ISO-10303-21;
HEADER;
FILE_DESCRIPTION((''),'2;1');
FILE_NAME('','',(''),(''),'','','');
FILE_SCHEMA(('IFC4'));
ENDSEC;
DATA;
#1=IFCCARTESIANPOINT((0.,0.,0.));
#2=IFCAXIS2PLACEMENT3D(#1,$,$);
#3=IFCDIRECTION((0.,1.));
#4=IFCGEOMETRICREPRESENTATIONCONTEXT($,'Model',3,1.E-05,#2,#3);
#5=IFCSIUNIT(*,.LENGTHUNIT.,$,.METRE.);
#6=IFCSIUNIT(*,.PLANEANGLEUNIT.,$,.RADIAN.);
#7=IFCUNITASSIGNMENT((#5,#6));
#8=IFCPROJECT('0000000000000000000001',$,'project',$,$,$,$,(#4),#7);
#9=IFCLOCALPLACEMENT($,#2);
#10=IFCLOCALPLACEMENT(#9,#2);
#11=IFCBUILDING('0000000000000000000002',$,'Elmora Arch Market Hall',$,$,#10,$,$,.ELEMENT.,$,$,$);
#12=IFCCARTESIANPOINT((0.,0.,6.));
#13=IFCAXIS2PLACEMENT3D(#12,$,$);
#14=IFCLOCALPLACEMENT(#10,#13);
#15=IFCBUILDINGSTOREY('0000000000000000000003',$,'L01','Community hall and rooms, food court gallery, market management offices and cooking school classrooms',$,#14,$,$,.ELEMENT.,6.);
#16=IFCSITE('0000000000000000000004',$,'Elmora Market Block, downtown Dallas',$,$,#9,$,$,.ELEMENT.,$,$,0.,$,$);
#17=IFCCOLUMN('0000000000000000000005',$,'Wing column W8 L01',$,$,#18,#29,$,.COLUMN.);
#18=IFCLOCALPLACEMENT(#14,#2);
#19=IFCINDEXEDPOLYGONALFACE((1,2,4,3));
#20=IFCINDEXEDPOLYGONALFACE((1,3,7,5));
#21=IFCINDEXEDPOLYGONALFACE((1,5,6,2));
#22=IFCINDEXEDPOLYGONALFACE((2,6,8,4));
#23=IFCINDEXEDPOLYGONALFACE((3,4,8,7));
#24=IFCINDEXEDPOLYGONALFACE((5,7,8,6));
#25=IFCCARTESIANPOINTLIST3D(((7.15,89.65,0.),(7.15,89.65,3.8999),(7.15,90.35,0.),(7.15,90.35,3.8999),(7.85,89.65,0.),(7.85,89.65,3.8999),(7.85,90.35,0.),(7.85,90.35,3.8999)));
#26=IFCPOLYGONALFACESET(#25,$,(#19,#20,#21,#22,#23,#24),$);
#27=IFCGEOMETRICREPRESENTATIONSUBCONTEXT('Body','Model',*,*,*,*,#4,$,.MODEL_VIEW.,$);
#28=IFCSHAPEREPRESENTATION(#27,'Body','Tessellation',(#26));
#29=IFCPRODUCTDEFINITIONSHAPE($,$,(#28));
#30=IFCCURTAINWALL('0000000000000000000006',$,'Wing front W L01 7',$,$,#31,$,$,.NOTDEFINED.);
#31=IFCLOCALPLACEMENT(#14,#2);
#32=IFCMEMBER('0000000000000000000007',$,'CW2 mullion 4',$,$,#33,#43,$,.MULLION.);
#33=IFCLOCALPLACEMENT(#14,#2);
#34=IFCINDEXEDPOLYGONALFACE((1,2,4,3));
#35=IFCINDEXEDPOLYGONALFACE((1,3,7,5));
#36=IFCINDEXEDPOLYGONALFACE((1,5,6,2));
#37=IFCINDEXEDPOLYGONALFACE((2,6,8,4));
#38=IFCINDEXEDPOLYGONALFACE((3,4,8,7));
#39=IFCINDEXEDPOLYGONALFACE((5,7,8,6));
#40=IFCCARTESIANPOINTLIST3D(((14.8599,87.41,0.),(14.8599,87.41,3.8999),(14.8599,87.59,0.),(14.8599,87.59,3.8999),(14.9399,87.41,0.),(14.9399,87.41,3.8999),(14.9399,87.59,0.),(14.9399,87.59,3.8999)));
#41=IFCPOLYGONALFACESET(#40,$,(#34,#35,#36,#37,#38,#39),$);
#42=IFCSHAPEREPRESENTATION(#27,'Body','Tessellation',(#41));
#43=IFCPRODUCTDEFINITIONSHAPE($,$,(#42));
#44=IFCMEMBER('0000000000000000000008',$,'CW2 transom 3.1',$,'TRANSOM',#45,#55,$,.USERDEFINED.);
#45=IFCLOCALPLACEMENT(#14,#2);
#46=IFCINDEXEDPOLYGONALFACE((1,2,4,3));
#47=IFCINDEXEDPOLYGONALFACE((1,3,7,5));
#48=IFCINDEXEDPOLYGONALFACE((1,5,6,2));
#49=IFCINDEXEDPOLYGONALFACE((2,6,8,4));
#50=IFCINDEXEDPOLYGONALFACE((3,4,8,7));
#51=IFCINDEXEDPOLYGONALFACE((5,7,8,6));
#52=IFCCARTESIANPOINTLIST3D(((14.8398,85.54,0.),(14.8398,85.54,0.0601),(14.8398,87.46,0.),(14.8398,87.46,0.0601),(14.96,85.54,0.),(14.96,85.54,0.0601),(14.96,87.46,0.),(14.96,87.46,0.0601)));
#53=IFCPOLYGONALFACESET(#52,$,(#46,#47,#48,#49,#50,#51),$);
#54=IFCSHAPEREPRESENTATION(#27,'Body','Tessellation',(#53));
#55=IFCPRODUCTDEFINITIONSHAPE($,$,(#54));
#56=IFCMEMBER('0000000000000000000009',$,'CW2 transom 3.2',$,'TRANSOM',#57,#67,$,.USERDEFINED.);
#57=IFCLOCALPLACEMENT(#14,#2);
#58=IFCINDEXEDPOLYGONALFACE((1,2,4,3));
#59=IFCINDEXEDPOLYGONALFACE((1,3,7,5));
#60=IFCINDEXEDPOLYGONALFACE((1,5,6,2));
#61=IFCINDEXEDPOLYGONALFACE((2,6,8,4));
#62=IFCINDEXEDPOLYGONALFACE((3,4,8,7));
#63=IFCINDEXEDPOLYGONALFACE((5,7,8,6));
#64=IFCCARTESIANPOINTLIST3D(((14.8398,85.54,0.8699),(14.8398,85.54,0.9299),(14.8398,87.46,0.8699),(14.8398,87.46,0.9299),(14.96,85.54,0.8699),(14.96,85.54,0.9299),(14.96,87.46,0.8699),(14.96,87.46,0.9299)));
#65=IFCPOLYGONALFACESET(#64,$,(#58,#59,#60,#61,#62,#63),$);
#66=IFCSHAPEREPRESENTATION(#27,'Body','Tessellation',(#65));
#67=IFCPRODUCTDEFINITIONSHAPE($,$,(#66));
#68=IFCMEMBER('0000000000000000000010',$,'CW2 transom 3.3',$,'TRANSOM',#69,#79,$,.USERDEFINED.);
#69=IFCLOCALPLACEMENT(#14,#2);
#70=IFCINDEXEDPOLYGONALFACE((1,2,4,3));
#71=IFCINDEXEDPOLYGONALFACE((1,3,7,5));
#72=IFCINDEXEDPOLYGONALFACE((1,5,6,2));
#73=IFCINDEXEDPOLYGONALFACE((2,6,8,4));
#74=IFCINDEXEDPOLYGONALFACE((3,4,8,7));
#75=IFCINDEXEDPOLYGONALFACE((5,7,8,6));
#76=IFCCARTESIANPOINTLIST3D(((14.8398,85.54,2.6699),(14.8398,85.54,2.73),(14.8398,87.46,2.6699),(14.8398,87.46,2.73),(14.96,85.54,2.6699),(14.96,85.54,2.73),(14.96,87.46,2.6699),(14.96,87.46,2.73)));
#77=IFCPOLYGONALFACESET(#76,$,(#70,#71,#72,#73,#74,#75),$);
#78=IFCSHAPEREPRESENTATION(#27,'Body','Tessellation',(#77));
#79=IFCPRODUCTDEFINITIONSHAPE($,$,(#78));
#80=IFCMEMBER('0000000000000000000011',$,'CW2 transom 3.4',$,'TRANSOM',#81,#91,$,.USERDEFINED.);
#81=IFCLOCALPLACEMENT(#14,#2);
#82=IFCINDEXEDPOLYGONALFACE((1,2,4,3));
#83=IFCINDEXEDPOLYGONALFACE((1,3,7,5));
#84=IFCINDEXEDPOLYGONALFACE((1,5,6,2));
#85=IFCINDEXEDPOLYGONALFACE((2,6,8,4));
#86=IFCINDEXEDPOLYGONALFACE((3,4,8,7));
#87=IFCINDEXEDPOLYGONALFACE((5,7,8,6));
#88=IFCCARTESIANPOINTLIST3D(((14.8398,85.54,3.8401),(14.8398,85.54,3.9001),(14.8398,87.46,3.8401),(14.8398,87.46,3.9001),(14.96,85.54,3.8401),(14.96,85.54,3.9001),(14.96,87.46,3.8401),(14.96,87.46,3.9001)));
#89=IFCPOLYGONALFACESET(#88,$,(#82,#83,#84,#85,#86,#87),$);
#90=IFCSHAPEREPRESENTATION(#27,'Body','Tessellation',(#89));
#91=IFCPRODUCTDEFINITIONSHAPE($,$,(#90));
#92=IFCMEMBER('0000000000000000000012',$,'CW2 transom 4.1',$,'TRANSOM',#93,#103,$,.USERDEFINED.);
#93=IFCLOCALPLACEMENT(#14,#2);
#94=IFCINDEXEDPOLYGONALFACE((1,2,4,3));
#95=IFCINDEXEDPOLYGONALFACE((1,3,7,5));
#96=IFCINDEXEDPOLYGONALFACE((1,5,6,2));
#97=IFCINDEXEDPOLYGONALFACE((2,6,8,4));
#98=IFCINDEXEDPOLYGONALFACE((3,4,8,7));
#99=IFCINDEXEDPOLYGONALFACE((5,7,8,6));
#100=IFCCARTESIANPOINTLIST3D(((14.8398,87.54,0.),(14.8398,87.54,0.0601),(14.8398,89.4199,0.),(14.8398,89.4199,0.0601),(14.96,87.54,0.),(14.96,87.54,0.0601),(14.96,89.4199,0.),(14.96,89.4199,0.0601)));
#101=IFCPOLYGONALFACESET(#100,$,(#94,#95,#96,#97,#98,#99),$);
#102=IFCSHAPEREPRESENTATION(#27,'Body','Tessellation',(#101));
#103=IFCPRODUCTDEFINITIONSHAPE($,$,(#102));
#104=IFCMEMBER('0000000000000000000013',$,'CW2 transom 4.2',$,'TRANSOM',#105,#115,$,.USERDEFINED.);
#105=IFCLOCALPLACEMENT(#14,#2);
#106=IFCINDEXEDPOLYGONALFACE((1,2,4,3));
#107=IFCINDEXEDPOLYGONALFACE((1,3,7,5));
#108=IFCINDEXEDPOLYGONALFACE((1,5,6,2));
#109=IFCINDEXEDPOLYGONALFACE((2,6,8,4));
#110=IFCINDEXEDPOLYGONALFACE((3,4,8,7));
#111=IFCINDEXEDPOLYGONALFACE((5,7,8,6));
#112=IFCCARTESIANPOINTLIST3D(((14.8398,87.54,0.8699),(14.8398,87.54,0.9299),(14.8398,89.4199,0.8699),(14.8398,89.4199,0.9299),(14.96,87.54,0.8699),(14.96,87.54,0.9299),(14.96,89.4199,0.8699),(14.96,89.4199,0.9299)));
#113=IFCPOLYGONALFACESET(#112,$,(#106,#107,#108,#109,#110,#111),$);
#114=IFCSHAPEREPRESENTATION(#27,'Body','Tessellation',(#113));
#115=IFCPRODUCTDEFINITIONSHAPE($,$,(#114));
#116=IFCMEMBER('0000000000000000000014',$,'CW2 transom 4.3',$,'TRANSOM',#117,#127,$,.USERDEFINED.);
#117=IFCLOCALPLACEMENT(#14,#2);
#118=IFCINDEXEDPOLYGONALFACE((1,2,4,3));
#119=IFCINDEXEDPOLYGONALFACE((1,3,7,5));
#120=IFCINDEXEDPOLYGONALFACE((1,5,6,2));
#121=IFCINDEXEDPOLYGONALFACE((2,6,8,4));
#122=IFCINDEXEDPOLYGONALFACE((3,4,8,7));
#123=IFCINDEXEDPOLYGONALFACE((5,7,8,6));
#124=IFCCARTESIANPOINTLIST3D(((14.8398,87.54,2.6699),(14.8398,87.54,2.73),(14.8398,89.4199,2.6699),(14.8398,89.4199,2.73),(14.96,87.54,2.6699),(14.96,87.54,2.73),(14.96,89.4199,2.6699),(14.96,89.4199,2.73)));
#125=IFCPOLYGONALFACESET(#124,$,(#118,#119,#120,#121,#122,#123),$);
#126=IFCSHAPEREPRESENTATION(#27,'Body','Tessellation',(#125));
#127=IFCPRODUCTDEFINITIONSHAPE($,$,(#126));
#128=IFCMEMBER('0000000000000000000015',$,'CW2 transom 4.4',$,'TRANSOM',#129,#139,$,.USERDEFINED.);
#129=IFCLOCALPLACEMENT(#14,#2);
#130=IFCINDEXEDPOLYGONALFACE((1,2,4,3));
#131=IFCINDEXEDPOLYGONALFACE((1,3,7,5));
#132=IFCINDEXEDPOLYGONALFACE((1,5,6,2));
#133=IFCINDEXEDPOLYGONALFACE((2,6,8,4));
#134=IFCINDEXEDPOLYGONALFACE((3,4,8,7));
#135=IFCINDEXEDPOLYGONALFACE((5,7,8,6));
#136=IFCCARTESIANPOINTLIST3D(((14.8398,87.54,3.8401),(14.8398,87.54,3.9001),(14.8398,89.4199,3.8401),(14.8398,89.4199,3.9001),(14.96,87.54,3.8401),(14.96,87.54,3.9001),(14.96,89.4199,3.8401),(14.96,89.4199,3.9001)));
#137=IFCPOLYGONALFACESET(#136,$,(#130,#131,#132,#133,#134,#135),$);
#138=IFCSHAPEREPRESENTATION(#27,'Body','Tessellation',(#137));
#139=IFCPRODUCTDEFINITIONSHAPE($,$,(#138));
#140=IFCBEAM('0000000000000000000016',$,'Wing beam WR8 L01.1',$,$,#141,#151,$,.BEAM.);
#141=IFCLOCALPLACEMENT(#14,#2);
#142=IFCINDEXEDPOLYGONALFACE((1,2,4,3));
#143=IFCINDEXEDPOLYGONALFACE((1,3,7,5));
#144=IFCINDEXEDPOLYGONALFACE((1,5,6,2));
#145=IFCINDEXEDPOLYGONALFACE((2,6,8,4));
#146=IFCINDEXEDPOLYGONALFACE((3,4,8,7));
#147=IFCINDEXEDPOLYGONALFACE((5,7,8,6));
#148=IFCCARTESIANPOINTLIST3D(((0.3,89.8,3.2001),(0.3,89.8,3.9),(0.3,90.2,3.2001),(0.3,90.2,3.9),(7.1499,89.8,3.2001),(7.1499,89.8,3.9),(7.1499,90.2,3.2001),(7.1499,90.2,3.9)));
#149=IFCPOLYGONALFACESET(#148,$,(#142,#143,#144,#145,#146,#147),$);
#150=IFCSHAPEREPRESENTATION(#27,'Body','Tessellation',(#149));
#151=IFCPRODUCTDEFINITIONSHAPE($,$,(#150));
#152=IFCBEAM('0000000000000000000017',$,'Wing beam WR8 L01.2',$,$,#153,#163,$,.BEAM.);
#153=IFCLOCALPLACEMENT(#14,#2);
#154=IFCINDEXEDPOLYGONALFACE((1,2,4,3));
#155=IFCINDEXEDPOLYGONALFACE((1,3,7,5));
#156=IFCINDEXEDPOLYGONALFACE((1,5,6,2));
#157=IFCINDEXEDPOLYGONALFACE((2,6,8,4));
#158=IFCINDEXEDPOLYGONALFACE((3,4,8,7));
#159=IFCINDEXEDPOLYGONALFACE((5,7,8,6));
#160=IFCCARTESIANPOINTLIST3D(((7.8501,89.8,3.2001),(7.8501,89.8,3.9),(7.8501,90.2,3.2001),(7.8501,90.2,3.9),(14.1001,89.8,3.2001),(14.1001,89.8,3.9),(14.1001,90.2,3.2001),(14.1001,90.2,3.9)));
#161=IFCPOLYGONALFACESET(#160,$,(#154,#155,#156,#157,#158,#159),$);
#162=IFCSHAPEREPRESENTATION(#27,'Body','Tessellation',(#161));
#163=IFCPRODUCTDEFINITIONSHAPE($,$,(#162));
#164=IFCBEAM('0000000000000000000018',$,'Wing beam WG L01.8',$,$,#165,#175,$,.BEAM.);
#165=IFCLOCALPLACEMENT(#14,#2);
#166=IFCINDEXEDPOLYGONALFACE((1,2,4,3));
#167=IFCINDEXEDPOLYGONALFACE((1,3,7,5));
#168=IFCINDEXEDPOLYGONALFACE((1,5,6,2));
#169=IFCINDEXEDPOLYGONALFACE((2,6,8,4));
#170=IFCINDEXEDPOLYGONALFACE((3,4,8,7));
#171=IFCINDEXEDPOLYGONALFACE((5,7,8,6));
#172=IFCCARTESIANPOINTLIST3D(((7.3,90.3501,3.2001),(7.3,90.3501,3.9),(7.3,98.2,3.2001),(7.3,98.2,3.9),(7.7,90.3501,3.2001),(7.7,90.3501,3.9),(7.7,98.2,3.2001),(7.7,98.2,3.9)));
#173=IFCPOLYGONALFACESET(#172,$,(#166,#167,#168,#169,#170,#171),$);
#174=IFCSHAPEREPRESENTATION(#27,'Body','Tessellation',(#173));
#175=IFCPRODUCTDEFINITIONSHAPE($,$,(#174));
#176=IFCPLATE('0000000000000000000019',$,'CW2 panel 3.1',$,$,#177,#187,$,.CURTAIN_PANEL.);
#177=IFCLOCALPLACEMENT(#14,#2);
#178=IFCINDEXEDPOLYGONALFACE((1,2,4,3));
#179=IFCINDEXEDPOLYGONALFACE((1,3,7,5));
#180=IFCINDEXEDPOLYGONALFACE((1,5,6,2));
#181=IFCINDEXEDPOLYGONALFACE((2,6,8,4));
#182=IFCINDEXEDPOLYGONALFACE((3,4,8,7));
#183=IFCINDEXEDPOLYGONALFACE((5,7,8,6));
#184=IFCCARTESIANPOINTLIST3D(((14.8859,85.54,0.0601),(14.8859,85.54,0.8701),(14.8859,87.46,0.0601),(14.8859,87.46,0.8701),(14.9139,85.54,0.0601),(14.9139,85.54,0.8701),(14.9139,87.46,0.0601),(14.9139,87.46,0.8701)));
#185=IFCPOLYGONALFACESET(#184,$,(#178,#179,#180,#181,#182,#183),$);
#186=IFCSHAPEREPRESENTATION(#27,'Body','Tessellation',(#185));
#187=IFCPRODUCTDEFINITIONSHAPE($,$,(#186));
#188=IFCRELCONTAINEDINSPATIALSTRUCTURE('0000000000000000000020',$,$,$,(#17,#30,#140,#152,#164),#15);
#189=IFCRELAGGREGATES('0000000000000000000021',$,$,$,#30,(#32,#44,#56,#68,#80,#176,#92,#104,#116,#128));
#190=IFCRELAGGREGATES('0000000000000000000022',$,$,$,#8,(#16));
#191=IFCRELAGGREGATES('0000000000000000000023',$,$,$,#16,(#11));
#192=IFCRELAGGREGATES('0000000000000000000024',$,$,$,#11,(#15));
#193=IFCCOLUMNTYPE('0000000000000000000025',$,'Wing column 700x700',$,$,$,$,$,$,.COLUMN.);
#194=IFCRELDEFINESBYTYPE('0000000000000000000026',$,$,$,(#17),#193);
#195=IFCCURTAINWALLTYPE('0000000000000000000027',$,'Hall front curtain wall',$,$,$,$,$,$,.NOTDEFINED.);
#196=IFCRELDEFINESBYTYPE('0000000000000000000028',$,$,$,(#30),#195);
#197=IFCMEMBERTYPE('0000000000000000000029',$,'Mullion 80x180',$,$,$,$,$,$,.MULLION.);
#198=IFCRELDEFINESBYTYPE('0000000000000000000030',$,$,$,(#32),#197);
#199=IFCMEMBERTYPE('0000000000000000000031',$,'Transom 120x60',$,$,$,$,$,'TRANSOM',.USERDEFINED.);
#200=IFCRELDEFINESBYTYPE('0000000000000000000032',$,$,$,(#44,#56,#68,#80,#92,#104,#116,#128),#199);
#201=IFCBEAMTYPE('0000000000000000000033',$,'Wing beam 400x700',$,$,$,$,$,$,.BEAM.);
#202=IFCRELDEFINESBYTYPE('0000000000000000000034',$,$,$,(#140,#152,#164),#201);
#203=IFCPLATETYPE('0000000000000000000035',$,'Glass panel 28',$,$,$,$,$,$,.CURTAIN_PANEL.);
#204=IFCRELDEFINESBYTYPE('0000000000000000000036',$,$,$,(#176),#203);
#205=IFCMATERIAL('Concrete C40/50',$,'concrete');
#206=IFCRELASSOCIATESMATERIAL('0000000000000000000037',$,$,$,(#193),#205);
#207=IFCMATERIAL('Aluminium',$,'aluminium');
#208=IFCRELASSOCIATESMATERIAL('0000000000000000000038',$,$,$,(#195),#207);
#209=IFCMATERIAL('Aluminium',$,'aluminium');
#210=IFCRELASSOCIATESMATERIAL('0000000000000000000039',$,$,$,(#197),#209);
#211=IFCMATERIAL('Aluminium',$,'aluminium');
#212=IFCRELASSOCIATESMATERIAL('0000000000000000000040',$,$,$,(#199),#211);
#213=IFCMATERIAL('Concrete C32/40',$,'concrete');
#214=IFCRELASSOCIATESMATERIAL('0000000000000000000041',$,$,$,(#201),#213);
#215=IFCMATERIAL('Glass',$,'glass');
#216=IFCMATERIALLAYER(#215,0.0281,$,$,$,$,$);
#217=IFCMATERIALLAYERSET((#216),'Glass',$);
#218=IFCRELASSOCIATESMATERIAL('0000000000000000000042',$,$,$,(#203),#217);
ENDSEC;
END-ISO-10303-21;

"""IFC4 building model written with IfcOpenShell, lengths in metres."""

from ifc_helpers import new_model, si_unit, direction, frame, origin, origin_2d, place, context, subcontext, project, spatial, rectangle, extrude, material, layer, layer_set, material_profile, profile_set, type_object, element, aggregate, save


model = new_model("IFC4")

# Units and contexts
model_context = context("Model", 3, precision=1e-05, world=origin(), true_north=direction((0.0, 1.0)))
body_context = subcontext(model_context, "Body", "Model", "MODEL_VIEW")
ifc_project = project(units=[si_unit("LENGTHUNIT", "METRE"), si_unit("PLANEANGLEUNIT", "RADIAN")], contexts=[model_context])

# Site, building, storey
site_placement = place(None, origin())
site = spatial("IfcSite", under=ifc_project, at=site_placement, Name="Elmora Market Block, downtown Dallas", CompositionType="ELEMENT", RefElevation=0.0)
building_placement = place(site_placement, origin())
building = spatial("IfcBuilding", under=site, at=building_placement, Name="Elmora Arch Market Hall", CompositionType="ELEMENT")
storey_placement = place(building_placement, frame((0.0, 0.0, 6.0)))
storey = spatial("IfcBuildingStorey", under=building, at=storey_placement, Name="L01", Description="Community hall and rooms, food court gallery, market management offices and cooking school classrooms", CompositionType="ELEMENT", Elevation=6.0)

# Column
ifc_material_1 = material(Name="Concrete C40/50", Category="concrete")
ifc_material_profile_1 = material_profile(ifc_material_1, rectangle(XDim=0.7, YDim=0.7, at=origin_2d()), Name="Wing column 700x700")
ifc_profile_set_1 = profile_set([ifc_material_profile_1], Name="Concrete C40/50")
column_type = type_object("IfcColumnType", Name="Wing column 700x700", PredefinedType="COLUMN", material=ifc_profile_set_1)
column_placement = place(storey_placement, frame((7.5, 90.0, 0.0), z_axis=(0.0, 0.0, 1.0), x_axis=(1.0, 0.0, 0.0)))
element("IfcColumn", 1, at=column_placement, inside=storey, type_object=column_type, Name="Wing column W8 L01", PredefinedType="COLUMN", context=body_context, shape_type="SweptSolid", body=[
    extrude(rectangle(XDim=0.7, YDim=0.7, at=origin_2d()), origin(), (0.0, 0.0, 1.0), 3.8999),
])

# Curtain wall, members
ifc_material_2 = material(Name="Aluminium", Category="aluminium")
curtain_wall_type = type_object("IfcCurtainWallType", Name="Hall front curtain wall", PredefinedType="NOTDEFINED", material=ifc_material_2)
curtain_wall_placement = place(storey_placement, origin())
curtain_wall = element("IfcCurtainWall", 2, at=curtain_wall_placement, inside=storey, type_object=curtain_wall_type, Name="Wing front W L01 7", PredefinedType="NOTDEFINED")
ifc_material_3 = material(Name="Aluminium", Category="aluminium")
ifc_material_profile_2 = material_profile(ifc_material_3, rectangle(XDim=0.0801, YDim=0.1799, at=origin_2d()), Name="AL 80x180")
ifc_profile_set_2 = profile_set([ifc_material_profile_2], Name="Aluminium")
member_type_1 = type_object("IfcMemberType", Name="Mullion 80x180", PredefinedType="MULLION", material=ifc_profile_set_2)
member_1_placement = place(storey_placement, frame((14.8999, 87.5, 0.0), z_axis=(0.0, 0.0, 1.0), x_axis=(-1.0, 0.0, 0.0)))
member_1 = element("IfcMember", 3, at=member_1_placement, type_object=member_type_1, Name="CW2 mullion 4", PredefinedType="MULLION", context=body_context, shape_type="SweptSolid", body=[
    extrude(rectangle(XDim=0.0801, YDim=0.1799, at=origin_2d()), origin(), (0.0, 0.0, 1.0), 3.8999),
])
ifc_material_4 = material(Name="Aluminium", Category="aluminium")
ifc_material_profile_3 = material_profile(ifc_material_4, rectangle(XDim=0.1201, YDim=0.0601, at=origin_2d()), Name="AL 120x60")
ifc_profile_set_3 = profile_set([ifc_material_profile_3], Name="Aluminium")
member_type_2 = type_object("IfcMemberType", Name="Transom 120x60", ElementType="TRANSOM", PredefinedType="USERDEFINED", material=ifc_profile_set_3)
member_2_placement = place(storey_placement, frame((14.8999, 85.54, 0.03), z_axis=(0.0, 1.0, 0.0), x_axis=(-1.0, 0.0, 0.0)))
member_2 = element("IfcMember", 4, at=member_2_placement, type_object=member_type_2, Name="CW2 transom 3.1", ObjectType="TRANSOM", PredefinedType="USERDEFINED", context=body_context, shape_type="SweptSolid", body=[
    extrude(rectangle(XDim=0.1201, YDim=0.0601, at=origin_2d()), origin(), (0.0, 0.0, 1.0), 1.9199),
])
member_3_placement = place(storey_placement, frame((14.8999, 85.54, 0.8999), z_axis=(0.0, 1.0, 0.0), x_axis=(-1.0, 0.0, 0.0)))
member_3 = element("IfcMember", 5, at=member_3_placement, type_object=member_type_2, Name="CW2 transom 3.2", ObjectType="TRANSOM", PredefinedType="USERDEFINED", context=body_context, shape_type="SweptSolid", body=[
    extrude(rectangle(XDim=0.1201, YDim=0.0601, at=origin_2d()), origin(), (0.0, 0.0, 1.0), 1.9199),
])
member_4_placement = place(storey_placement, frame((14.8999, 85.54, 2.7), z_axis=(0.0, 1.0, 0.0), x_axis=(-1.0, 0.0, 0.0)))
member_4 = element("IfcMember", 6, at=member_4_placement, type_object=member_type_2, Name="CW2 transom 3.3", ObjectType="TRANSOM", PredefinedType="USERDEFINED", context=body_context, shape_type="SweptSolid", body=[
    extrude(rectangle(XDim=0.1201, YDim=0.0601, at=origin_2d()), origin(), (0.0, 0.0, 1.0), 1.9199),
])
member_5_placement = place(storey_placement, frame((14.8999, 85.54, 3.8701), z_axis=(0.0, 1.0, 0.0), x_axis=(-1.0, 0.0, 0.0)))
member_5 = element("IfcMember", 7, at=member_5_placement, type_object=member_type_2, Name="CW2 transom 3.4", ObjectType="TRANSOM", PredefinedType="USERDEFINED", context=body_context, shape_type="SweptSolid", body=[
    extrude(rectangle(XDim=0.1201, YDim=0.0601, at=origin_2d()), origin(), (0.0, 0.0, 1.0), 1.9199),
])
member_6_placement = place(storey_placement, frame((14.8999, 87.54, 0.03), z_axis=(0.0, 1.0, 0.0), x_axis=(-1.0, 0.0, 0.0)))
member_6 = element("IfcMember", 8, at=member_6_placement, type_object=member_type_2, Name="CW2 transom 4.1", ObjectType="TRANSOM", PredefinedType="USERDEFINED", context=body_context, shape_type="SweptSolid", body=[
    extrude(rectangle(XDim=0.1201, YDim=0.0601, at=origin_2d()), origin(), (0.0, 0.0, 1.0), 1.8799),
])
member_7_placement = place(storey_placement, frame((14.8999, 87.54, 0.8999), z_axis=(0.0, 1.0, 0.0), x_axis=(-1.0, 0.0, 0.0)))
member_7 = element("IfcMember", 9, at=member_7_placement, type_object=member_type_2, Name="CW2 transom 4.2", ObjectType="TRANSOM", PredefinedType="USERDEFINED", context=body_context, shape_type="SweptSolid", body=[
    extrude(rectangle(XDim=0.1201, YDim=0.0601, at=origin_2d()), origin(), (0.0, 0.0, 1.0), 1.8799),
])
member_8_placement = place(storey_placement, frame((14.8999, 87.54, 2.7), z_axis=(0.0, 1.0, 0.0), x_axis=(-1.0, 0.0, 0.0)))
member_8 = element("IfcMember", 10, at=member_8_placement, type_object=member_type_2, Name="CW2 transom 4.3", ObjectType="TRANSOM", PredefinedType="USERDEFINED", context=body_context, shape_type="SweptSolid", body=[
    extrude(rectangle(XDim=0.1201, YDim=0.0601, at=origin_2d()), origin(), (0.0, 0.0, 1.0), 1.8799),
])
member_9_placement = place(storey_placement, frame((14.8999, 87.54, 3.8701), z_axis=(0.0, 1.0, 0.0), x_axis=(-1.0, 0.0, 0.0)))
member_9 = element("IfcMember", 11, at=member_9_placement, type_object=member_type_2, Name="CW2 transom 4.4", ObjectType="TRANSOM", PredefinedType="USERDEFINED", context=body_context, shape_type="SweptSolid", body=[
    extrude(rectangle(XDim=0.1201, YDim=0.0601, at=origin_2d()), origin(), (0.0, 0.0, 1.0), 1.8799),
])

# Beams
ifc_material_5 = material(Name="Concrete C32/40", Category="concrete")
ifc_material_profile_4 = material_profile(ifc_material_5, rectangle(XDim=0.3999, YDim=0.7, at=origin_2d()), Name="Wing beam 400x700")
ifc_profile_set_4 = profile_set([ifc_material_profile_4], Name="Concrete C32/40")
beam_type = type_object("IfcBeamType", Name="Wing beam 400x700", PredefinedType="BEAM", material=ifc_profile_set_4)
beam_1_placement = place(storey_placement, frame((0.3, 90.0, 3.55), z_axis=(1.0, 0.0, 0.0), x_axis=(0.0, 1.0, 0.0)))
element("IfcBeam", 12, at=beam_1_placement, inside=storey, type_object=beam_type, Name="Wing beam WR8 L01.1", PredefinedType="BEAM", context=body_context, shape_type="SweptSolid", body=[
    extrude(rectangle(XDim=0.3999, YDim=0.7, at=origin_2d()), origin(), (0.0, 0.0, 1.0), 6.8499),
])
beam_2_placement = place(storey_placement, frame((7.8501, 90.0, 3.55), z_axis=(1.0, 0.0, 0.0), x_axis=(0.0, 1.0, 0.0)))
element("IfcBeam", 13, at=beam_2_placement, inside=storey, type_object=beam_type, Name="Wing beam WR8 L01.2", PredefinedType="BEAM", context=body_context, shape_type="SweptSolid", body=[
    extrude(rectangle(XDim=0.3999, YDim=0.7, at=origin_2d()), origin(), (0.0, 0.0, 1.0), 6.25),
])
beam_3_placement = place(storey_placement, frame((7.5, 90.3501, 3.55), z_axis=(0.0, 1.0, 0.0), x_axis=(-1.0, 0.0, 0.0)))
element("IfcBeam", 14, at=beam_3_placement, inside=storey, type_object=beam_type, Name="Wing beam WG L01.8", PredefinedType="BEAM", context=body_context, shape_type="SweptSolid", body=[
    extrude(rectangle(XDim=0.3999, YDim=0.7, at=origin_2d()), origin(), (0.0, 0.0, 1.0), 7.8499),
])

# Plate
ifc_material_6 = material(Name="Glass", Category="glass")
ifc_layer_1 = layer(ifc_material_6, 0.0281)
ifc_layer_set_1 = layer_set([ifc_layer_1], Name="Glass")
plate_type = type_object("IfcPlateType", Name="Glass panel 28", PredefinedType="CURTAIN_PANEL", material=ifc_layer_set_1)
plate_1_placement = place(storey_placement, frame((14.8999, 86.5, 0.0601), z_axis=(0.0, 0.0, 1.0), x_axis=(0.0, 1.0, 0.0)))
plate_1 = element("IfcPlate", 15, at=plate_1_placement, type_object=plate_type, Name="CW2 panel 3.1", PredefinedType="CURTAIN_PANEL", context=body_context, shape_type="SweptSolid", body=[
    extrude(rectangle(XDim=1.9199, YDim=0.0281, at=origin_2d()), origin(), (0.0, 0.0, 1.0), 0.8101),
])
aggregate(curtain_wall, [member_1, member_2, member_3, member_4, member_5, plate_1, member_6, member_7, member_8, member_9])

save(model, "model.ifc")
